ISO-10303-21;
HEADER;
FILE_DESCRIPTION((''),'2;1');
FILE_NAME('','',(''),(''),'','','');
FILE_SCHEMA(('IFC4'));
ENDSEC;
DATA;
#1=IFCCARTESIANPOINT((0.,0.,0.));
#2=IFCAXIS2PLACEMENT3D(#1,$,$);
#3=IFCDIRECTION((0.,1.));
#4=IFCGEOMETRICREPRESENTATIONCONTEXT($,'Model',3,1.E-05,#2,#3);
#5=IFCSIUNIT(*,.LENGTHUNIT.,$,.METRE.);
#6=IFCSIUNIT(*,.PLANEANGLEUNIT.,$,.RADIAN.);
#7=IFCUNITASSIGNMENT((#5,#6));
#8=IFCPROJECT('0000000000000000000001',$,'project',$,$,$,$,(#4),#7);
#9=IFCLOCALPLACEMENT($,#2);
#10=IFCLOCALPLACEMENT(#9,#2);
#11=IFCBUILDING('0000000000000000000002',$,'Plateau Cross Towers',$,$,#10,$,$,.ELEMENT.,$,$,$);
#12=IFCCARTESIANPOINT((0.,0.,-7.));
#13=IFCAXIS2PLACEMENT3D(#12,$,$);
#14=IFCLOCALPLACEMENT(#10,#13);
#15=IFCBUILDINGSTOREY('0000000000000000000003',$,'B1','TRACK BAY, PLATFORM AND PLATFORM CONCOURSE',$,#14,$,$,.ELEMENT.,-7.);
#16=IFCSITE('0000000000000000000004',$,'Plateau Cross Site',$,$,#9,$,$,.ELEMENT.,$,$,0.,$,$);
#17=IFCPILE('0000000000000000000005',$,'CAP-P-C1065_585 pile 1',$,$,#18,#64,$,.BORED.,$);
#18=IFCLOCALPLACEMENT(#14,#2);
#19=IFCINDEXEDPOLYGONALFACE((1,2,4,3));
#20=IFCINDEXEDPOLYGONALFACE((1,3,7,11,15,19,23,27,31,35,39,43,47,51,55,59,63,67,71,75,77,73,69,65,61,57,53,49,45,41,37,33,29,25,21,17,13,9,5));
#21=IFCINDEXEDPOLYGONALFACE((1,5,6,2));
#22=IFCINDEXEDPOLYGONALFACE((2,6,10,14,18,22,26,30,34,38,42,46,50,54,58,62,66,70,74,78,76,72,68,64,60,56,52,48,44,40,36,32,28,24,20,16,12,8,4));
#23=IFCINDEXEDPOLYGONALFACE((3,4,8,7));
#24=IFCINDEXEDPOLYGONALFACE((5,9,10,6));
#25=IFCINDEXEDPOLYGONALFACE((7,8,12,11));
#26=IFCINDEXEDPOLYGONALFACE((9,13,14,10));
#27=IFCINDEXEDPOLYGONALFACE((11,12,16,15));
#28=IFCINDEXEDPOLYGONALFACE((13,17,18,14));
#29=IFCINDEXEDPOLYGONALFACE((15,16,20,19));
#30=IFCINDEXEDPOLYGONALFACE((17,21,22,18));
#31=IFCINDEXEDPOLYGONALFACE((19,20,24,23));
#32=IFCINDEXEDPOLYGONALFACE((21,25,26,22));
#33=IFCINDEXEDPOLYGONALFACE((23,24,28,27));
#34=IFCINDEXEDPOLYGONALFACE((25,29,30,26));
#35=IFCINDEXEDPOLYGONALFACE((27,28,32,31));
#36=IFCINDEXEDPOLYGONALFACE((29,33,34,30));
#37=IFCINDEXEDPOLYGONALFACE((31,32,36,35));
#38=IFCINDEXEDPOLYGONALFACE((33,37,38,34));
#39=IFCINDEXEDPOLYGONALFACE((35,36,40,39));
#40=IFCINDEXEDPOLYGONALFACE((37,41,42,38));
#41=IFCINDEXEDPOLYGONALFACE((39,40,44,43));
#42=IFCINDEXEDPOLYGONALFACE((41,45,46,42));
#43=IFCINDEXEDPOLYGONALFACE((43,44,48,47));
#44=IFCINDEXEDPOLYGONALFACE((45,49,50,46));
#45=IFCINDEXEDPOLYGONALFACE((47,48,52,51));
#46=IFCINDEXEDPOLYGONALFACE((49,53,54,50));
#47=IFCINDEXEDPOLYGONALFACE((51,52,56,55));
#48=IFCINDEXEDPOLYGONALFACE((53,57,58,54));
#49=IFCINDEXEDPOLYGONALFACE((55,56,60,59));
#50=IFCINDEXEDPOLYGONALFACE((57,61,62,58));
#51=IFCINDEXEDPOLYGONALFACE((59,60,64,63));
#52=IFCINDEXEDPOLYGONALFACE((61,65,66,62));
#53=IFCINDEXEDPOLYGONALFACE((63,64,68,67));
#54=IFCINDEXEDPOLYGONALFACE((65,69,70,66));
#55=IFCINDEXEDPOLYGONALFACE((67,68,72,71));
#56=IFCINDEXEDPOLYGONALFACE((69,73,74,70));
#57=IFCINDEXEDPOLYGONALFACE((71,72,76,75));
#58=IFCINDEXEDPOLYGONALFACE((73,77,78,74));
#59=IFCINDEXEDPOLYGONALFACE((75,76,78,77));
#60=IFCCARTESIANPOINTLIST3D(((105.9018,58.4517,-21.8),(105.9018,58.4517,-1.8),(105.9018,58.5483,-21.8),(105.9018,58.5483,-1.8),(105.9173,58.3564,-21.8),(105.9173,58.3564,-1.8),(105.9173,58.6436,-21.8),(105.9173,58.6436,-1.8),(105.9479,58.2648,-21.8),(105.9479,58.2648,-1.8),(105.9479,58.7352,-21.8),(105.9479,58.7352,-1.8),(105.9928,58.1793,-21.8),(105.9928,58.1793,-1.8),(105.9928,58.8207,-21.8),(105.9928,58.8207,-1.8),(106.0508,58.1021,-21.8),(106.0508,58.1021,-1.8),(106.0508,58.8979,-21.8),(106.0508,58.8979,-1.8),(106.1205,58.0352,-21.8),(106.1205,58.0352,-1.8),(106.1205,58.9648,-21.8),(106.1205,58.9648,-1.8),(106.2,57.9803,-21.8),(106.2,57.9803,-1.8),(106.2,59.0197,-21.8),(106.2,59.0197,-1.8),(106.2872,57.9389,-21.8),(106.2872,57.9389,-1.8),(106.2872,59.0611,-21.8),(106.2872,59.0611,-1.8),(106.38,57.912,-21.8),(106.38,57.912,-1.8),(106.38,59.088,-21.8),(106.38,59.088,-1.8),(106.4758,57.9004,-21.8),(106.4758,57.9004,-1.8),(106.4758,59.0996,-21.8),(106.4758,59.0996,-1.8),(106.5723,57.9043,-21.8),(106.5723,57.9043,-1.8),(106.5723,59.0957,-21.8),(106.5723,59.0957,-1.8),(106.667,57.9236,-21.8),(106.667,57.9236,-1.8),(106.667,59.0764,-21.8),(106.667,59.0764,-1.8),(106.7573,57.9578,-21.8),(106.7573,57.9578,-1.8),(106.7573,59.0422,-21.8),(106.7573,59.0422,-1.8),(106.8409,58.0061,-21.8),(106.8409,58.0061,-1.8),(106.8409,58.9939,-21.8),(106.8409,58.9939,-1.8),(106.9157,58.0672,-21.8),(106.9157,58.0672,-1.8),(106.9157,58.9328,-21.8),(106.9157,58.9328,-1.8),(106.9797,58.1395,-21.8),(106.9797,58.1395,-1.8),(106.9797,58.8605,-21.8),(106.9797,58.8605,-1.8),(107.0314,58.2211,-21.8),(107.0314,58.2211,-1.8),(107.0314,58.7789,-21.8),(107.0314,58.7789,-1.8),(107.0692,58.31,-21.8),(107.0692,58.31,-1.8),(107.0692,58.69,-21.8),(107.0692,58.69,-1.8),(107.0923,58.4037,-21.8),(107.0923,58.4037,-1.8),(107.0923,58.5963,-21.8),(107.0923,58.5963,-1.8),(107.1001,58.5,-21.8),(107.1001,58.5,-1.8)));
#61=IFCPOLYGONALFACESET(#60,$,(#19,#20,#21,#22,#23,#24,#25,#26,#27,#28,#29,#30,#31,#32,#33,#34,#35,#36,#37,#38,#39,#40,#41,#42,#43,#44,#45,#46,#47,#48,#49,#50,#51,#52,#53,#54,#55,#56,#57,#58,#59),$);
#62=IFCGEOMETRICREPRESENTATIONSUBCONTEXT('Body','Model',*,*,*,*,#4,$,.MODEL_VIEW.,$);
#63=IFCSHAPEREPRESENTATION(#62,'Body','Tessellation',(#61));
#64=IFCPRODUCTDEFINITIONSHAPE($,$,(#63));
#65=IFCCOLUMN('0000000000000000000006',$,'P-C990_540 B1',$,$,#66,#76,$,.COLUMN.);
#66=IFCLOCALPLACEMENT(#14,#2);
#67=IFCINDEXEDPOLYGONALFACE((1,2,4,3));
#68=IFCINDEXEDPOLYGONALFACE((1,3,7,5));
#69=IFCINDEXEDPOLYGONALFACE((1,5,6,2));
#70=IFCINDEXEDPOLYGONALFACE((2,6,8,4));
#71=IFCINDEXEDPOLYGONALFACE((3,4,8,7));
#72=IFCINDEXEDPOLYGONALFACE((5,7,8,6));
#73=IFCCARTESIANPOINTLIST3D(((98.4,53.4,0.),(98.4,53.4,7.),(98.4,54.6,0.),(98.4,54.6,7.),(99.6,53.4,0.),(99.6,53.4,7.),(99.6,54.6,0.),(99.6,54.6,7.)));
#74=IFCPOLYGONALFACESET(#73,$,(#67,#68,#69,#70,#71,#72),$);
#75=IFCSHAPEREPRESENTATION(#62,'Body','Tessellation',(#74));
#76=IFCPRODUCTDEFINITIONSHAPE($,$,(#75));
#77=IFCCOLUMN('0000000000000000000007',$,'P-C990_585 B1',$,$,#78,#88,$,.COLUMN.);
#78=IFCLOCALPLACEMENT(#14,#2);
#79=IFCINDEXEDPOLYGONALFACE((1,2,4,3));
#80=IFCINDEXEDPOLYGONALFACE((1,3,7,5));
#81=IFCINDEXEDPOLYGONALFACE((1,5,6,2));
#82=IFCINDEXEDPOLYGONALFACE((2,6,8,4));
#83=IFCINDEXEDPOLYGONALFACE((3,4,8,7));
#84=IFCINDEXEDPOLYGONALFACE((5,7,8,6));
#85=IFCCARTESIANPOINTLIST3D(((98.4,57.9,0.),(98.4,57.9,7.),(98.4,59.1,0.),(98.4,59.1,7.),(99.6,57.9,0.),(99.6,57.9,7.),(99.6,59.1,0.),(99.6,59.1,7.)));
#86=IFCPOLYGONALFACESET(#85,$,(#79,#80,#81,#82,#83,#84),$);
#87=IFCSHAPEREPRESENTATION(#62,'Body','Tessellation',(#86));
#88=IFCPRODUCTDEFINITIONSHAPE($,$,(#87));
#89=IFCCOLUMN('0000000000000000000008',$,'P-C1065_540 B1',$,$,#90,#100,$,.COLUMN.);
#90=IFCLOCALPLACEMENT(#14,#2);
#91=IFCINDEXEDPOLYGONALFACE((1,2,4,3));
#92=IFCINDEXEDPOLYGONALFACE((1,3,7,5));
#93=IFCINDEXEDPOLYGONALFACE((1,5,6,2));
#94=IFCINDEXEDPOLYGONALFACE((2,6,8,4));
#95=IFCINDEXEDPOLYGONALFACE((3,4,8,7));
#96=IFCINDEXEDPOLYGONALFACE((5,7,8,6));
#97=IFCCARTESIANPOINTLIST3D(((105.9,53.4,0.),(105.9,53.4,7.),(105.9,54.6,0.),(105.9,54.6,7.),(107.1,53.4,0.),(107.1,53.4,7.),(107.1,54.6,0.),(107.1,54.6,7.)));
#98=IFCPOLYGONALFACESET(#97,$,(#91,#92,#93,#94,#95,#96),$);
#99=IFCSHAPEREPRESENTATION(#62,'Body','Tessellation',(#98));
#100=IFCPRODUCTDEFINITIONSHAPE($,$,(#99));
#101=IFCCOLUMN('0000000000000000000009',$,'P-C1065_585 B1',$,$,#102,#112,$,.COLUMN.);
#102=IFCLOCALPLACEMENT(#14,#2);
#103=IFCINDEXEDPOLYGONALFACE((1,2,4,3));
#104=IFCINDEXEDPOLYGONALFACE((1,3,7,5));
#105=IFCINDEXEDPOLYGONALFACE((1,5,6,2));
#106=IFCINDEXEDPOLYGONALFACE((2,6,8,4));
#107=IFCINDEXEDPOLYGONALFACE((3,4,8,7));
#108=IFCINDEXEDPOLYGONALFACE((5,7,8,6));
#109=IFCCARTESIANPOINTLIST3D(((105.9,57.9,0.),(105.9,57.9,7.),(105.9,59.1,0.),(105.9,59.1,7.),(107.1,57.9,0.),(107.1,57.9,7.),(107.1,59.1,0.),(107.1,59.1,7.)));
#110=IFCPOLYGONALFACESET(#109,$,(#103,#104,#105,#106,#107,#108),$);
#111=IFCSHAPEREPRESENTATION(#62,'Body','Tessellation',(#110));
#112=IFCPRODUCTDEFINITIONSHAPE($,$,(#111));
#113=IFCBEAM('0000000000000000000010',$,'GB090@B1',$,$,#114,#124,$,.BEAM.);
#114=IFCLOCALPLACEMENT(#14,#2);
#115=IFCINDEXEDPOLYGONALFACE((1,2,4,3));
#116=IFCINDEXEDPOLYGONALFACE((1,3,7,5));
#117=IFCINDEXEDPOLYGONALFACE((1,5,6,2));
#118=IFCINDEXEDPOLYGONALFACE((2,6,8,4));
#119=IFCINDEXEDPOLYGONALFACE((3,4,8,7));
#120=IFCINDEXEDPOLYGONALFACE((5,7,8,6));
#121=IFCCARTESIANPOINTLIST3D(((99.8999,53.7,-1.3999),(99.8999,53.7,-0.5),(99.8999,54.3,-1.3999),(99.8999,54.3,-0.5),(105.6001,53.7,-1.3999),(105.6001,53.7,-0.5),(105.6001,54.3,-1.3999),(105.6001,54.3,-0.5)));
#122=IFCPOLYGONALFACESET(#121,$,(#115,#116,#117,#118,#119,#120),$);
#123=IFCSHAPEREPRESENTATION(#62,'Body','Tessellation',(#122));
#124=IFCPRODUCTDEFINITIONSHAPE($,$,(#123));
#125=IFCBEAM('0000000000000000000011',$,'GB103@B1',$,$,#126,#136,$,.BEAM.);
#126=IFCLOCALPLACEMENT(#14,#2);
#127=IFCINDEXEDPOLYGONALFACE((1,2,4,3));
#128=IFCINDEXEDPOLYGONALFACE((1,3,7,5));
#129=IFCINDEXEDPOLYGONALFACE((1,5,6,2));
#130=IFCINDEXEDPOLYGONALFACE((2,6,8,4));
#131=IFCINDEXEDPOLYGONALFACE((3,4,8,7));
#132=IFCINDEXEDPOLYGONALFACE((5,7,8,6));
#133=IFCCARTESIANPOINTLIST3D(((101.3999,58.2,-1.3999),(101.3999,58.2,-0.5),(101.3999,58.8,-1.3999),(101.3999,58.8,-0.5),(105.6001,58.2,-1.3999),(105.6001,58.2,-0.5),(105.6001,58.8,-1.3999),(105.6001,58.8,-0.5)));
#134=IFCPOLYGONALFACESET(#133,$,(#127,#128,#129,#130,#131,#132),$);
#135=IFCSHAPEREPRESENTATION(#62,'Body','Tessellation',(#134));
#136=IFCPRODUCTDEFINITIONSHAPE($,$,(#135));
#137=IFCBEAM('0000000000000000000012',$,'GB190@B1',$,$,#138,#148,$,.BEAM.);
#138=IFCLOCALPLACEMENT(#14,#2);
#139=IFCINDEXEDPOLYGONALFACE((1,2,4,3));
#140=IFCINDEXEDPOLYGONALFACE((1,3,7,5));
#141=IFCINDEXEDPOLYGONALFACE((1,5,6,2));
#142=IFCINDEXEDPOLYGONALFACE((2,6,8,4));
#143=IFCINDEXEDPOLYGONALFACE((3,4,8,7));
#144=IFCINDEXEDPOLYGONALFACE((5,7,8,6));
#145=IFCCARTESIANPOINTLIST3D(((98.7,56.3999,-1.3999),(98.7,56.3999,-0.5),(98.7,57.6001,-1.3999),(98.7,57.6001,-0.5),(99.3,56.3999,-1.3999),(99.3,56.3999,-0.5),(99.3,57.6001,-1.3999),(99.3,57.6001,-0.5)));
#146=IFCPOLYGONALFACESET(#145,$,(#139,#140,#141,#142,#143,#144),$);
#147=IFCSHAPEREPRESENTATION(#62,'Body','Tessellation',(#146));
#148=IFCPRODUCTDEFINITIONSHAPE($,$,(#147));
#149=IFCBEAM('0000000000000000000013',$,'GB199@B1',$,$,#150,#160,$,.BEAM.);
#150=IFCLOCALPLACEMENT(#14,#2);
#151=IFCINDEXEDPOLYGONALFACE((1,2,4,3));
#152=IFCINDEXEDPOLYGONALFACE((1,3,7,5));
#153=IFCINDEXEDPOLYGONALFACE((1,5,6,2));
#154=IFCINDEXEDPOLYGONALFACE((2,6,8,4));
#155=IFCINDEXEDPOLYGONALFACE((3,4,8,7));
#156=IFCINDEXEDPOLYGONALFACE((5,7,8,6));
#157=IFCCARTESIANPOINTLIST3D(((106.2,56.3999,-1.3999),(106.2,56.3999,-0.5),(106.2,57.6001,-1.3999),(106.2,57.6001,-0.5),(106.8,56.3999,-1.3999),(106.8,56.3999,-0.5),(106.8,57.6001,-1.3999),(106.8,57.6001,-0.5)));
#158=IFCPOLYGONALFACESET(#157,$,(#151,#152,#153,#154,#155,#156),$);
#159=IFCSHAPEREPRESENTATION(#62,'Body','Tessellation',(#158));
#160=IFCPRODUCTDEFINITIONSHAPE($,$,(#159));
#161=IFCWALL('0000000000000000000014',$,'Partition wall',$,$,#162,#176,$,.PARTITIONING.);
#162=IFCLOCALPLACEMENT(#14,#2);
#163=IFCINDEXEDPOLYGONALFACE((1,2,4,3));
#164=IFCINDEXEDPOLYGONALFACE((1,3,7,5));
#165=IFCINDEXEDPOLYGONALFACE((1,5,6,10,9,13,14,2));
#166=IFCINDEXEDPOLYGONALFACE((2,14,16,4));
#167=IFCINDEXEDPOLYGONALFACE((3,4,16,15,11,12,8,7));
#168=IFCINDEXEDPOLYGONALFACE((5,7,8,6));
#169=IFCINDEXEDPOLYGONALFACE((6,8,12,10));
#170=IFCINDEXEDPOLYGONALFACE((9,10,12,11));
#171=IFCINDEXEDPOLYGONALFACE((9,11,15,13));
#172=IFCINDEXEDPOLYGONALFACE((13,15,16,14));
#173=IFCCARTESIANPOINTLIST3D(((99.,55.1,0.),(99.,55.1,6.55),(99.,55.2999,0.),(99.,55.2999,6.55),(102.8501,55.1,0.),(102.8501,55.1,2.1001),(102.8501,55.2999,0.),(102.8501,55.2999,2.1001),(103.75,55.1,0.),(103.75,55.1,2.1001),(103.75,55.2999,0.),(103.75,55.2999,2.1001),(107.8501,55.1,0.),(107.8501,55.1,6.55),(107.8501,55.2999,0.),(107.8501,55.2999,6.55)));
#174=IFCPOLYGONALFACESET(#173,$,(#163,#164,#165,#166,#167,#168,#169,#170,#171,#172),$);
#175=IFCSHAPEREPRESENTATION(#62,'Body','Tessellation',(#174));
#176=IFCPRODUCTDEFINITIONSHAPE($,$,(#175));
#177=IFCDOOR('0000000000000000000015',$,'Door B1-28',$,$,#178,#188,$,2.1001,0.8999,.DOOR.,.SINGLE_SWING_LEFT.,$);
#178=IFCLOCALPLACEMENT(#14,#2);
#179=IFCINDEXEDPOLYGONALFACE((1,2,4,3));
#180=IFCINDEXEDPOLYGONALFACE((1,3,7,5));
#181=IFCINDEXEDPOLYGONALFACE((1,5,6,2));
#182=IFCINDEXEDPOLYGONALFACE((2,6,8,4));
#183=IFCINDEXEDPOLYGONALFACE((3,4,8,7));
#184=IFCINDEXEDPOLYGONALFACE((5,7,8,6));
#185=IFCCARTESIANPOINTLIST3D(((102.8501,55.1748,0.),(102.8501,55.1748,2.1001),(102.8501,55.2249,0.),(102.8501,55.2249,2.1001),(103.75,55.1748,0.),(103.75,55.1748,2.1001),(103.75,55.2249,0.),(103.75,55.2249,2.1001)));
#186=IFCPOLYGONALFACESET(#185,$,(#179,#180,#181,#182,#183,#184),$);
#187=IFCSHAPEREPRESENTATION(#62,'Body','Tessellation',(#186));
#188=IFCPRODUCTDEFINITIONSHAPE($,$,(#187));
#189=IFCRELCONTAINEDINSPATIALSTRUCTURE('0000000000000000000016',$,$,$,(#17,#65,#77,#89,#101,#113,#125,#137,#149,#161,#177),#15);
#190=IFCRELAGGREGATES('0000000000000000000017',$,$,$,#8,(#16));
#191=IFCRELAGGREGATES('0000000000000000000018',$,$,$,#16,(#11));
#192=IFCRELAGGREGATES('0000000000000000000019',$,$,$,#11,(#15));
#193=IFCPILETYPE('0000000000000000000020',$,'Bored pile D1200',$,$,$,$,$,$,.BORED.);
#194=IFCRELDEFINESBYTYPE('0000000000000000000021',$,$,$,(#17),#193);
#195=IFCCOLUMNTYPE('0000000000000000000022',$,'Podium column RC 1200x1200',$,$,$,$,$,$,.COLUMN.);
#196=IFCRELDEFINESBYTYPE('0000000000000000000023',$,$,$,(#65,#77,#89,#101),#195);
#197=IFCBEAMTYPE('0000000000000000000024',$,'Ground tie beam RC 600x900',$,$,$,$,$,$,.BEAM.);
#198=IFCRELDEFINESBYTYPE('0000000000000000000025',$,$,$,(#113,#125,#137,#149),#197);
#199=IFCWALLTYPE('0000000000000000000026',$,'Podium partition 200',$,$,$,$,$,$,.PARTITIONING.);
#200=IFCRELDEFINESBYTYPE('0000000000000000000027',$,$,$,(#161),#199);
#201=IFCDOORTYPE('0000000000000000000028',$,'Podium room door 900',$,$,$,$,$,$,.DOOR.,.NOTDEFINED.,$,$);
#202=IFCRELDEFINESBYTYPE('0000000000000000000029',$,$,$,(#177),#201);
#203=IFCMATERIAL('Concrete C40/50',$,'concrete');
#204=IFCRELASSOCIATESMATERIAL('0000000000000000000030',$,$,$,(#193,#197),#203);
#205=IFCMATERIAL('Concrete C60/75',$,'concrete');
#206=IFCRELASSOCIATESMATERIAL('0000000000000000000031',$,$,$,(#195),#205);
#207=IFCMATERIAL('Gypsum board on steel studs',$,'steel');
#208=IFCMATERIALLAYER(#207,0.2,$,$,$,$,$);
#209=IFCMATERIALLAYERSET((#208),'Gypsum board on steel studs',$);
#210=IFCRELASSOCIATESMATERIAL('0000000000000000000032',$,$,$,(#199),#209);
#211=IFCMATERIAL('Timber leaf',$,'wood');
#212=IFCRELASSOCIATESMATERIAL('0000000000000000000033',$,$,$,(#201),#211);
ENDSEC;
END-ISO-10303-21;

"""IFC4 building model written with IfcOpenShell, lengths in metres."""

from ifc_helpers import new_model, si_unit, direction, frame, frame_2d, origin, origin_2d, place, context, subcontext, project, spatial, rectangle, circle, extrude, material, layer, layer_set, material_profile, profile_set, type_object, element, fill, save


model = new_model("IFC4")

# Units and contexts
model_context = context("Model", 3, precision=1e-05, world=origin(), true_north=direction((0.0, 1.0)))
body_context = subcontext(model_context, "Body", "Model", "MODEL_VIEW")
ifc_project = project(units=[si_unit("LENGTHUNIT", "METRE"), si_unit("PLANEANGLEUNIT", "RADIAN")], contexts=[model_context])

# Site, building, storey
site_placement = place(None, origin())
site = spatial("IfcSite", under=ifc_project, at=site_placement, Name="Plateau Cross Site", CompositionType="ELEMENT", RefElevation=0.0)
building_placement = place(site_placement, origin())
building = spatial("IfcBuilding", under=site, at=building_placement, Name="Plateau Cross Towers", CompositionType="ELEMENT")
storey_placement = place(building_placement, frame((0.0, 0.0, -7.0)))
storey = spatial("IfcBuildingStorey", under=building, at=storey_placement, Name="B1", Description="TRACK BAY, PLATFORM AND PLATFORM CONCOURSE", CompositionType="ELEMENT", Elevation=-7.0)

# Pile
ifc_material_1 = material(Name="Concrete C40/50", Category="concrete")
ifc_material_profile_1 = material_profile(ifc_material_1, circle(Radius=0.6001, at=origin_2d()), Name="Bored pile D1200")
ifc_profile_set_1 = profile_set([ifc_material_profile_1], Name="Concrete C40/50")
pile_type = type_object("IfcPileType", Name="Bored pile D1200", PredefinedType="BORED", material=ifc_profile_set_1)
for number, where, z_axis, x_axis, name in (
    (1, (106.5, 58.5, -1.8), (0.0, 0.0, -1.0), (1.0, 0.0, 0.0), "CAP-P-C1065_585 pile 1"),
):
    element("IfcPile", number, at=place(storey_placement, frame(where, z_axis=z_axis, x_axis=x_axis)), inside=storey, type_object=pile_type, Name=name, PredefinedType="BORED", context=body_context, shape_type="SweptSolid", body=[
        extrude(circle(Radius=0.6001, at=origin_2d()), origin(), (0.0, 0.0, 1.0), 20.0),
    ])

# Columns
ifc_material_2 = material(Name="Concrete C60/75", Category="concrete")
ifc_material_profile_2 = material_profile(ifc_material_2, rectangle(XDim=1.2, YDim=1.2, at=origin_2d()), Name="RC 1200x1200")
ifc_profile_set_2 = profile_set([ifc_material_profile_2], Name="Concrete C60/75")
column_type = type_object("IfcColumnType", Name="Podium column RC 1200x1200", PredefinedType="COLUMN", material=ifc_profile_set_2)
for number, where, z_axis, x_axis, name in (
    (2, (99.0, 54.0, 0.0), (0.0, 0.0, 1.0), (1.0, 0.0, 0.0), "P-C990_540 B1"),
    (3, (99.0, 58.5, 0.0), (0.0, 0.0, 1.0), (1.0, 0.0, 0.0), "P-C990_585 B1"),
    (4, (106.5, 54.0, 0.0), (0.0, 0.0, 1.0), (1.0, 0.0, 0.0), "P-C1065_540 B1"),
    (5, (106.5, 58.5, 0.0), (0.0, 0.0, 1.0), (1.0, 0.0, 0.0), "P-C1065_585 B1"),
):
    element("IfcColumn", number, at=place(storey_placement, frame(where, z_axis=z_axis, x_axis=x_axis)), inside=storey, type_object=column_type, Name=name, PredefinedType="COLUMN", context=body_context, shape_type="SweptSolid", body=[
        extrude(rectangle(XDim=1.2, YDim=1.2, at=origin_2d()), origin(), (0.0, 0.0, 1.0), 7.0),
    ])

# Beams
ifc_material_profile_3 = material_profile(ifc_material_1, rectangle(XDim=0.6001, YDim=0.8999, at=origin_2d()), Name="RC 600x900")
ifc_profile_set_3 = profile_set([ifc_material_profile_3], Name="Concrete C40/50")
beam_type = type_object("IfcBeamType", Name="Ground tie beam RC 600x900", PredefinedType="BEAM", material=ifc_profile_set_3)
beam_1_placement = place(storey_placement, frame((99.8999, 54.0, -0.95), z_axis=(1.0, 0.0, 0.0), x_axis=(0.0, 1.0, 0.0)))
element("IfcBeam", 6, at=beam_1_placement, inside=storey, type_object=beam_type, Name="GB090@B1", PredefinedType="BEAM", context=body_context, shape_type="SweptSolid", body=[
    extrude(rectangle(XDim=0.6001, YDim=0.8999, at=origin_2d()), origin(), (0.0, 0.0, 1.0), 5.7002),
])
beam_2_placement = place(storey_placement, frame((101.3999, 58.5, -0.95), z_axis=(1.0, 0.0, 0.0), x_axis=(0.0, 1.0, 0.0)))
element("IfcBeam", 7, at=beam_2_placement, inside=storey, type_object=beam_type, Name="GB103@B1", PredefinedType="BEAM", context=body_context, shape_type="SweptSolid", body=[
    extrude(rectangle(XDim=0.6001, YDim=0.8999, at=origin_2d()), origin(), (0.0, 0.0, 1.0), 4.2002),
])
for number, where, z_axis, x_axis, name in (
    (8, (99.0, 56.3999, -0.95), (0.0, 1.0, 0.0), (-1.0, 0.0, 0.0), "GB190@B1"),
    (9, (106.5, 56.3999, -0.95), (0.0, 1.0, 0.0), (-1.0, 0.0, 0.0), "GB199@B1"),
):
    element("IfcBeam", number, at=place(storey_placement, frame(where, z_axis=z_axis, x_axis=x_axis)), inside=storey, type_object=beam_type, Name=name, PredefinedType="BEAM", context=body_context, shape_type="SweptSolid", body=[
        extrude(rectangle(XDim=0.6001, YDim=0.8999, at=origin_2d()), origin(), (0.0, 0.0, 1.0), 1.2002),
    ])

# Wall, opening, door
ifc_material_3 = material(Name="Gypsum board on steel studs", Category="steel")
ifc_layer_1 = layer(ifc_material_3, 0.2)
ifc_layer_set_1 = layer_set([ifc_layer_1], Name="Gypsum board on steel studs")
wall_type_1 = type_object("IfcWallType", Name="Podium partition 200", PredefinedType="PARTITIONING", material=ifc_layer_set_1)
wall_1_placement = place(storey_placement, frame((99.0, 55.2, 0.0), z_axis=(0.0, 0.0, 1.0), x_axis=(1.0, 0.0, 0.0)))
wall_1 = element("IfcWall", 10, at=wall_1_placement, inside=storey, type_object=wall_type_1, Name="Partition wall", PredefinedType="PARTITIONING", context=body_context, shape_type="SweptSolid", body=[
    extrude(rectangle(XDim=8.8501, YDim=0.2, at=frame_2d((4.425, 0.0))), origin(), (0.0, 0.0, 1.0), 6.55),
])
opening_placement = place(wall_1_placement, frame((3.8501, 0.0, 0.0)))
opening = element("IfcOpeningElement", 11, at=opening_placement, cuts=wall_1, PredefinedType="OPENING", context=body_context, shape_type="SweptSolid", body=[
    extrude(rectangle(XDim=0.8999, YDim=2.1001, at=frame_2d((0.45, 1.05))), frame((0.0, 0.1099, 0.0), z_axis=(0.0, -1.0, 0.0), x_axis=(1.0, 0.0, 0.0)), (0.0, 0.0, 1.0), 0.22),
])
ifc_material_4 = material(Name="Timber leaf", Category="wood")
door_type = type_object("IfcDoorType", Name="Podium room door 900", OperationType="NOTDEFINED", PredefinedType="DOOR", material=ifc_material_4)
door_placement = place(opening_placement, origin())
door = element("IfcDoor", 12, at=door_placement, inside=storey, type_object=door_type, Name="Door B1-28", OperationType="SINGLE_SWING_LEFT", OverallHeight=2.1001, OverallWidth=0.8999, PredefinedType="DOOR", context=body_context, shape_type="SweptSolid", body=[
    extrude(rectangle(XDim=0.8999, YDim=2.1001, at=frame_2d((0.45, 1.05))), frame((0.0, 0.0249, 0.0), z_axis=(0.0, -1.0, 0.0), x_axis=(1.0, 0.0, 0.0)), (0.0, 0.0, 1.0), 0.05),
])
fill(opening, door)

save(model, "model.ifc")
